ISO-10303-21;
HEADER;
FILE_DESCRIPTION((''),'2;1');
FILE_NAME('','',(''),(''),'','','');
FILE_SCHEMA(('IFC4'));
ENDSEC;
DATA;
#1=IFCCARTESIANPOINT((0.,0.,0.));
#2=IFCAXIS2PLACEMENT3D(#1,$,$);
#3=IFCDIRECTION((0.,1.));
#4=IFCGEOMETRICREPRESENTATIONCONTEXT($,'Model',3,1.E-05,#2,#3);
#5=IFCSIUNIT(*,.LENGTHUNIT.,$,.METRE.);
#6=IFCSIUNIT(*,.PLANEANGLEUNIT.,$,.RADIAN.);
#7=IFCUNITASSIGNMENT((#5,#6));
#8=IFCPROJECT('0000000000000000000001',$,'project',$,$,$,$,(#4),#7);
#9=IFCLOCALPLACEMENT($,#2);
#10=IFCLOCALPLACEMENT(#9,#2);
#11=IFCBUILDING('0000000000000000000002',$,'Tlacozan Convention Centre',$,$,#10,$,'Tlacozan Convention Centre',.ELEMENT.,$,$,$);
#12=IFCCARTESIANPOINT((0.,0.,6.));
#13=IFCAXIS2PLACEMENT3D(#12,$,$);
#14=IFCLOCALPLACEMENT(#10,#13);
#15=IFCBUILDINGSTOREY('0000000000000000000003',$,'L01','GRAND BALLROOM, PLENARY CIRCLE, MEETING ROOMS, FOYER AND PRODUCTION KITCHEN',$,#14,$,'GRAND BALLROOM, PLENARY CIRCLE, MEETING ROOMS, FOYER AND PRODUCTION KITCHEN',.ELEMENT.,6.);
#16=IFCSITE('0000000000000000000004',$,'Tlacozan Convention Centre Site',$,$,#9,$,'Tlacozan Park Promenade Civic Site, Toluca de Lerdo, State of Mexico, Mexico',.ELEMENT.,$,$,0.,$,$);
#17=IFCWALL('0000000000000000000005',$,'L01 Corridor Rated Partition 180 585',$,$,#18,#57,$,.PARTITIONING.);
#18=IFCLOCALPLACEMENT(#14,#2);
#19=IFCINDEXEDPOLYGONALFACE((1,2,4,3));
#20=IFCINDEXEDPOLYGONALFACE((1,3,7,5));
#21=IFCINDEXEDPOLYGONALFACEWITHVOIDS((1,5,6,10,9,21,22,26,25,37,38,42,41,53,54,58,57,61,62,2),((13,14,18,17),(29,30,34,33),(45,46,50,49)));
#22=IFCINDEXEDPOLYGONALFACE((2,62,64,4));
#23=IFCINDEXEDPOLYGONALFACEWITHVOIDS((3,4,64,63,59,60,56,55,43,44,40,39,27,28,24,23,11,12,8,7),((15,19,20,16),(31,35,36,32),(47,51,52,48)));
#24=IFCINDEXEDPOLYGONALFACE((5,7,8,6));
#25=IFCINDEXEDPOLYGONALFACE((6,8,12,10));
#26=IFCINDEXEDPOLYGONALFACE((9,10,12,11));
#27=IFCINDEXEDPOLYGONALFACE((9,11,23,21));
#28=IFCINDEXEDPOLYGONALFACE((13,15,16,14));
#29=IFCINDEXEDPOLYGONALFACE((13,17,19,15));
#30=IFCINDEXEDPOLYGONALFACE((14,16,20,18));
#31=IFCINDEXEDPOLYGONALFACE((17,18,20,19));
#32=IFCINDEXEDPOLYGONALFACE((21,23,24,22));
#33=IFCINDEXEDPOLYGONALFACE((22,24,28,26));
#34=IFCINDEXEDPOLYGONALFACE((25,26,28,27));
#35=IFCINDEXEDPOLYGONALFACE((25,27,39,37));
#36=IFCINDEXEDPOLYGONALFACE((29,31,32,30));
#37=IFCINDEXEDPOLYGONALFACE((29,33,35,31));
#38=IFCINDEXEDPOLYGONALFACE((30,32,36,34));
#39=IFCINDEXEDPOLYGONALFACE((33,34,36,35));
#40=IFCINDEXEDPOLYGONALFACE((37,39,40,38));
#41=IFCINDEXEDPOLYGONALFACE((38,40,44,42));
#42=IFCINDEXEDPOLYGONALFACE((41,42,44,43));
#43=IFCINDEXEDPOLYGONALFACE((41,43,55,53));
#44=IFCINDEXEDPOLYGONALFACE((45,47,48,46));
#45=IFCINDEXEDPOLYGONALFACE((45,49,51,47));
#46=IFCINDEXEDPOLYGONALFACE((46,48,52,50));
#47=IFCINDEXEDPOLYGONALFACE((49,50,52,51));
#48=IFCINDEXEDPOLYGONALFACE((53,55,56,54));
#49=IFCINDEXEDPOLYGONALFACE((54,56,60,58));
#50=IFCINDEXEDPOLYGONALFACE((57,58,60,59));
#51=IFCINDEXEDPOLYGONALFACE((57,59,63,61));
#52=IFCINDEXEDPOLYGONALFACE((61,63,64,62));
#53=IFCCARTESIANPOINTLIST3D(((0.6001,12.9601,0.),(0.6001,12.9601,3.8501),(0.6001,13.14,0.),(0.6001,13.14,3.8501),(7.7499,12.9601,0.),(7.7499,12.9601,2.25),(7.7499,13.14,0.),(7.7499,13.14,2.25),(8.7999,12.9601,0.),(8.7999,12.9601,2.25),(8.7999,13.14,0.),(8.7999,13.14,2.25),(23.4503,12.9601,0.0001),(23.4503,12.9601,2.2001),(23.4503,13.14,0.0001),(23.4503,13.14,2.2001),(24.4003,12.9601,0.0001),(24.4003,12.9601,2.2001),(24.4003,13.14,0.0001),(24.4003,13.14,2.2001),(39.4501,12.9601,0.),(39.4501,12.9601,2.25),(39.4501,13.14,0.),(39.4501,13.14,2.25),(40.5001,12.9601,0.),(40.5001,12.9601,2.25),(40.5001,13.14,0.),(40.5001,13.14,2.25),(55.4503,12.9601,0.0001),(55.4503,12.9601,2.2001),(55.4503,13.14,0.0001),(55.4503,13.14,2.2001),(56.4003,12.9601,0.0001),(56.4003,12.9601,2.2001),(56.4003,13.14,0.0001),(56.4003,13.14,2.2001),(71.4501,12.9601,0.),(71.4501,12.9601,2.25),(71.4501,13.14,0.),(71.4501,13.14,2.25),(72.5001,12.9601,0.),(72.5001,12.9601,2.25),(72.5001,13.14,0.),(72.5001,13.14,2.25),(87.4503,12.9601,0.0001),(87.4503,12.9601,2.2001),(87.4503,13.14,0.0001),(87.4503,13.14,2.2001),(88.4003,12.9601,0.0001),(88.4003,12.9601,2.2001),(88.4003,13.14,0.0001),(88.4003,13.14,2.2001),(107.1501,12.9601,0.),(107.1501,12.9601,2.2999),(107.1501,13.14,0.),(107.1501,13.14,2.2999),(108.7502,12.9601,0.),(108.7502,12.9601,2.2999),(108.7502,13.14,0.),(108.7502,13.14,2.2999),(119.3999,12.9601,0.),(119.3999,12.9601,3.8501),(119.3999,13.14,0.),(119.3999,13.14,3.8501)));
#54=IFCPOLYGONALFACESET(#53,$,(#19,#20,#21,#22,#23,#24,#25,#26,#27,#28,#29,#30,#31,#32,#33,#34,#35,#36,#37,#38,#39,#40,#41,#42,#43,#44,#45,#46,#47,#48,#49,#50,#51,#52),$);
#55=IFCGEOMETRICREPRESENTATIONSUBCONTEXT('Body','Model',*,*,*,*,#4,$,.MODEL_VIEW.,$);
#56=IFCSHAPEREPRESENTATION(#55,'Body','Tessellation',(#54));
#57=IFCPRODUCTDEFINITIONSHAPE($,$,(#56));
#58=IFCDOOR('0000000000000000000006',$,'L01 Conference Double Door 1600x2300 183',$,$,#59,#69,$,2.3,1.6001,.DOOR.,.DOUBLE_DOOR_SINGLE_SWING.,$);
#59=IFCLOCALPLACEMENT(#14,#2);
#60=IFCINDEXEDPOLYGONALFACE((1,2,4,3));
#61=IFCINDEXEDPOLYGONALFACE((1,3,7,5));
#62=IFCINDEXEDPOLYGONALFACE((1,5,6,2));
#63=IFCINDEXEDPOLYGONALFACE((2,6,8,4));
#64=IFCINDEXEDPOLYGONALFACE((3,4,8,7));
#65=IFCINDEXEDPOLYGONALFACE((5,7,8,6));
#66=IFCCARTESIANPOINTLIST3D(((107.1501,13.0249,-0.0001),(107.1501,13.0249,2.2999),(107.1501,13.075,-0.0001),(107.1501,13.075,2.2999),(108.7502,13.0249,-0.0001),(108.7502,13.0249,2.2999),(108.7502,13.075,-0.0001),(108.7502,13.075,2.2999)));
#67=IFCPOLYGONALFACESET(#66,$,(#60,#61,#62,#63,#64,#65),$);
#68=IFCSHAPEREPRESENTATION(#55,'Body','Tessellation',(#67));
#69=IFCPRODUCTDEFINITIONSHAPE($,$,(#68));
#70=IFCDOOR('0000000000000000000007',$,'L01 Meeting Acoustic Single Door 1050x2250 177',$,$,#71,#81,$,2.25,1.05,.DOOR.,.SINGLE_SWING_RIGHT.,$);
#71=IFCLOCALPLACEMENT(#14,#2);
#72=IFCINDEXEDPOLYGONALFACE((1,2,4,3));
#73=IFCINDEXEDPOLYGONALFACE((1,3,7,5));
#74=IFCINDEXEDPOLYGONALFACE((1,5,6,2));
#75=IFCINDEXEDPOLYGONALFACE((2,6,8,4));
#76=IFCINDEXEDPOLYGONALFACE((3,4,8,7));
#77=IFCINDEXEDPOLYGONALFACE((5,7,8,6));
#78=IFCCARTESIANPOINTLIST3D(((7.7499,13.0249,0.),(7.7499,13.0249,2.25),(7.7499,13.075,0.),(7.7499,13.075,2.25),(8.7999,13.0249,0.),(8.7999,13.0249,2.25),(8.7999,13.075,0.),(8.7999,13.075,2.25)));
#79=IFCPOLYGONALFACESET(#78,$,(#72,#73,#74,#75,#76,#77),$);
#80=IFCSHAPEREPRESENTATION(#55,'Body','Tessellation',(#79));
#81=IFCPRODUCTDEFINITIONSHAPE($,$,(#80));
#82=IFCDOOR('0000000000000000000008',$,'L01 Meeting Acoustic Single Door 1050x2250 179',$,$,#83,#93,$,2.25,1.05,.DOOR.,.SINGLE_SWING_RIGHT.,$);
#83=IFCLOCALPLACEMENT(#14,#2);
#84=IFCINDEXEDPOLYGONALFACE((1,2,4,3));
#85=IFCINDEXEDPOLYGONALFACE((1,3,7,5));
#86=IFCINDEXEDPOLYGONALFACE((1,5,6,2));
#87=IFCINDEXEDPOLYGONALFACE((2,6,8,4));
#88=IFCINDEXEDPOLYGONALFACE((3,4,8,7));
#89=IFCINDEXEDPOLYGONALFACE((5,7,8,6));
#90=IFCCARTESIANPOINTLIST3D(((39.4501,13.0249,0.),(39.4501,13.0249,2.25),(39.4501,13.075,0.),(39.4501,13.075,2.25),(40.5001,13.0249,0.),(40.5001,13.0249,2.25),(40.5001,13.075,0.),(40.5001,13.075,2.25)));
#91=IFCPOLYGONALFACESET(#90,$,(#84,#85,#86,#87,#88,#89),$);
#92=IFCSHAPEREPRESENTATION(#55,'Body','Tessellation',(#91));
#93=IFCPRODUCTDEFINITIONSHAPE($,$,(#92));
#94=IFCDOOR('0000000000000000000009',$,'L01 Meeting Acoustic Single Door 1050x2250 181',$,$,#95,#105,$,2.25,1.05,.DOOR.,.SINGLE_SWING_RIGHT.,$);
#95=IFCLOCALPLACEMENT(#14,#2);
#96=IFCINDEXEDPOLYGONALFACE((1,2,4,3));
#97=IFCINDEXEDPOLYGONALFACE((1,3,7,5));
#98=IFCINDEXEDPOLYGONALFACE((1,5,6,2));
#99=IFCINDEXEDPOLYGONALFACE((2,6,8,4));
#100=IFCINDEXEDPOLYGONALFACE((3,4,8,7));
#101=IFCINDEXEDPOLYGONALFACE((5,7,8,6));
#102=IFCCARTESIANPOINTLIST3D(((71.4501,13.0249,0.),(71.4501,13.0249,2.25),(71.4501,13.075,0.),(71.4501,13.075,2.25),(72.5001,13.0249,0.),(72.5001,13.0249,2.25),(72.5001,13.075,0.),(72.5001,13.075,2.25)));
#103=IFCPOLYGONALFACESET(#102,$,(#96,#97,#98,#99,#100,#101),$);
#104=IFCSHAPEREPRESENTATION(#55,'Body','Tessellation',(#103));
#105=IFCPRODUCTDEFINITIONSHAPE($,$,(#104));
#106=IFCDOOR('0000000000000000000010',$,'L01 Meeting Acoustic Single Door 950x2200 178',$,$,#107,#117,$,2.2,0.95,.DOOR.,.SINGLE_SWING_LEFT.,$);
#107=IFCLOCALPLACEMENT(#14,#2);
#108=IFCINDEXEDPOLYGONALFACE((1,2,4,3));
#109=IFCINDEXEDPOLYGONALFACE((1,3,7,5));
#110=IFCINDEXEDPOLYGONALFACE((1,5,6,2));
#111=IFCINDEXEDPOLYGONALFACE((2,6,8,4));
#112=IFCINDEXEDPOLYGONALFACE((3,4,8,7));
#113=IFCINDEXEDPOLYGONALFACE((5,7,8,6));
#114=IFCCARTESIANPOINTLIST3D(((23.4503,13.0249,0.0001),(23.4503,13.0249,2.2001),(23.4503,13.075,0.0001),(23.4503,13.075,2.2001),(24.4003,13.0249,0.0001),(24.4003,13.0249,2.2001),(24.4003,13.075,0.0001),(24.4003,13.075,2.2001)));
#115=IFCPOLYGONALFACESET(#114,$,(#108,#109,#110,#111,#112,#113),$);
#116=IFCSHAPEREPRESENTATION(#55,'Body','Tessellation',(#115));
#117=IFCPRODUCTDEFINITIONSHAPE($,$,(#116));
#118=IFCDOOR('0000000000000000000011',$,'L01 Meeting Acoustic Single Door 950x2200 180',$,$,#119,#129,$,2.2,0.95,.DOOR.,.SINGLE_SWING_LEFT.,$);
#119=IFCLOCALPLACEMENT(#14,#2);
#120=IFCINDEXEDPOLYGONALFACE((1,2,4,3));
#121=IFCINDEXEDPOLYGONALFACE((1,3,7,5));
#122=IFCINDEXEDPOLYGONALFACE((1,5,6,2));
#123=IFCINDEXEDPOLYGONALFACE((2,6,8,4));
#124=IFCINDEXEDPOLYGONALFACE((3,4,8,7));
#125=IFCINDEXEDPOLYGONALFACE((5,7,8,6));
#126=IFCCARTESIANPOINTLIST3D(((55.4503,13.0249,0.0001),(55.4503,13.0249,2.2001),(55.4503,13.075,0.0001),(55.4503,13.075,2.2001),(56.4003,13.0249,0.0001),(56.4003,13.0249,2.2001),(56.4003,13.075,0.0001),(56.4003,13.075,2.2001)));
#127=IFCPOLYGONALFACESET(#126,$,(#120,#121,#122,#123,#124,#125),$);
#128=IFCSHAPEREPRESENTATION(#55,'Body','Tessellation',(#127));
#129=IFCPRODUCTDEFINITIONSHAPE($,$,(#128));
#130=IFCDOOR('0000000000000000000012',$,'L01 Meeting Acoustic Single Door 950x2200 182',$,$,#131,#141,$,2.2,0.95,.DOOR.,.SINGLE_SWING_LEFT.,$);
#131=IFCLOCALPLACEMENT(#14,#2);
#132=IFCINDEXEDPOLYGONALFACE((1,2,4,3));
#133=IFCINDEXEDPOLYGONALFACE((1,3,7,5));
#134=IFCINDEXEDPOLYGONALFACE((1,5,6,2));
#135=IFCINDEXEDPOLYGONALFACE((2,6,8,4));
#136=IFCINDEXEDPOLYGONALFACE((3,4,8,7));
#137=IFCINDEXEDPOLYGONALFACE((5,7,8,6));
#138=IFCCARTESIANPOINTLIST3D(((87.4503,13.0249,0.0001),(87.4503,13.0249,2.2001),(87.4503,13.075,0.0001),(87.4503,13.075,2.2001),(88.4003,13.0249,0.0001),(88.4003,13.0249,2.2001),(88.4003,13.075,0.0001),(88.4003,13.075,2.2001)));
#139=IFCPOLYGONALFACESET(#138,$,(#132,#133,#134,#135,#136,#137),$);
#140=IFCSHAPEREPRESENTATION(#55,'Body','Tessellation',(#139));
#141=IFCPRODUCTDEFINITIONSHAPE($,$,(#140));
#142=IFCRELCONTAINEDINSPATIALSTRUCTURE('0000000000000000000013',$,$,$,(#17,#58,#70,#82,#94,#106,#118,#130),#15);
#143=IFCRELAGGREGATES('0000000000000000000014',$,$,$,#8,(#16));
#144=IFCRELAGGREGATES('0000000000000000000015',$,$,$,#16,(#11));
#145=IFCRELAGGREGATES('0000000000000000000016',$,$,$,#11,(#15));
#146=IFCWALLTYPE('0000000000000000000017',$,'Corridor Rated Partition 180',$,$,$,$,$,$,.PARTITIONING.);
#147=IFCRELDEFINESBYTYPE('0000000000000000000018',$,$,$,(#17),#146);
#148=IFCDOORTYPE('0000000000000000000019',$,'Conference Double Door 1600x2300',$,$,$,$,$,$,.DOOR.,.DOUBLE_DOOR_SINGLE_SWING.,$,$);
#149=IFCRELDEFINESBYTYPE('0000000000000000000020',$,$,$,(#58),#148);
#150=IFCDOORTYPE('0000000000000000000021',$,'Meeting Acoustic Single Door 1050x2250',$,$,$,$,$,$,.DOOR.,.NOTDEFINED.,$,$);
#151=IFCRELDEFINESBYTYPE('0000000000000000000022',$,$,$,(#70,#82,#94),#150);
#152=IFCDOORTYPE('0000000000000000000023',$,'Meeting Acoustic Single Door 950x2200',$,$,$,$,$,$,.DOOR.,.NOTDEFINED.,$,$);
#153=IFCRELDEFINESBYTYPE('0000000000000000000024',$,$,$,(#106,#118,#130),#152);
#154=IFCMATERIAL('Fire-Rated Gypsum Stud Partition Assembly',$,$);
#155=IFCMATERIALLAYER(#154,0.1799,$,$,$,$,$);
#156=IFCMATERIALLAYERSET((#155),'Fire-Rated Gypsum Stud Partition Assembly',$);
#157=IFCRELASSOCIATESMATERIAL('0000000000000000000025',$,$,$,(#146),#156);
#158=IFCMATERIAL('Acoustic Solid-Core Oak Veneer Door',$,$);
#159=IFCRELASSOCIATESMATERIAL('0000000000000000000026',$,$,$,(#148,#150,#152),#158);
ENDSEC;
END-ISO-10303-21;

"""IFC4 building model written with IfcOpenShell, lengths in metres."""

from ifc_helpers import new_model, si_unit, direction, frame, frame_2d, origin, place, context, subcontext, project, spatial, rectangle, extrude, material, layer, layer_set, type_object, element, fill, save


model = new_model("IFC4")

# Units and contexts
model_context = context("Model", 3, precision=1e-05, world=origin(), true_north=direction((0.0, 1.0)))
body_context = subcontext(model_context, "Body", "Model", "MODEL_VIEW")
ifc_project = project(units=[si_unit("LENGTHUNIT", "METRE"), si_unit("PLANEANGLEUNIT", "RADIAN")], contexts=[model_context])

# Site, building, storey
site_placement = place(None, origin())
site = spatial("IfcSite", under=ifc_project, at=site_placement, Name="Tlacozan Convention Centre Site", LongName="Tlacozan Park Promenade Civic Site, Toluca de Lerdo, State of Mexico, Mexico", CompositionType="ELEMENT", RefElevation=0.0)
building_placement = place(site_placement, origin())
building = spatial("IfcBuilding", under=site, at=building_placement, Name="Tlacozan Convention Centre", LongName="Tlacozan Convention Centre", CompositionType="ELEMENT")
storey_placement = place(building_placement, frame((0.0, 0.0, 6.0)))
storey = spatial("IfcBuildingStorey", under=building, at=storey_placement, Name="L01", Description="GRAND BALLROOM, PLENARY CIRCLE, MEETING ROOMS, FOYER AND PRODUCTION KITCHEN", LongName="GRAND BALLROOM, PLENARY CIRCLE, MEETING ROOMS, FOYER AND PRODUCTION KITCHEN", CompositionType="ELEMENT", Elevation=6.0)

# Wall, openings, doors
ifc_material_1 = material(Name="Fire-Rated Gypsum Stud Partition Assembly")
ifc_layer_1 = layer(ifc_material_1, 0.1799)
ifc_layer_set_1 = layer_set([ifc_layer_1], Name="Fire-Rated Gypsum Stud Partition Assembly")
wall_type_1 = type_object("IfcWallType", Name="Corridor Rated Partition 180", PredefinedType="PARTITIONING", material=ifc_layer_set_1)
wall_1_placement = place(storey_placement, frame((0.6001, 13.05, 0.0), z_axis=(0.0, 0.0, 1.0), x_axis=(1.0, 0.0, 0.0)))
wall_1 = element("IfcWall", 1, at=wall_1_placement, inside=storey, type_object=wall_type_1, Name="L01 Corridor Rated Partition 180 585", PredefinedType="PARTITIONING", context=body_context, shape_type="SweptSolid", body=[
    extrude(rectangle(XDim=118.7998, YDim=0.1799, at=frame_2d((59.3999, 0.0))), origin(), (0.0, 0.0, 1.0), 3.8501),
])
opening_1_placement = place(wall_1_placement, frame((7.1499, 0.0, 0.0)))
opening_1 = element("IfcOpeningElement", 2, at=opening_1_placement, cuts=wall_1, PredefinedType="OPENING", context=body_context, shape_type="SweptSolid", body=[
    extrude(rectangle(XDim=1.05, YDim=2.25, at=frame_2d((0.5249, 1.125))), frame((0.0, 0.0999, 0.0), z_axis=(0.0, -1.0, 0.0), x_axis=(1.0, 0.0, 0.0)), (0.0, 0.0, 1.0), 0.2),
])
opening_2_placement = place(wall_1_placement, frame((22.8501, 0.0, 0.0)))
opening_2 = element("IfcOpeningElement", 3, at=opening_2_placement, cuts=wall_1, PredefinedType="OPENING", context=body_context, shape_type="SweptSolid", body=[
    extrude(rectangle(XDim=0.95, YDim=2.2, at=frame_2d((0.4751, 1.1001))), frame((0.0, 0.0999, 0.0), z_axis=(0.0, -1.0, 0.0), x_axis=(1.0, 0.0, 0.0)), (0.0, 0.0, 1.0), 0.2),
])
opening_3_placement = place(wall_1_placement, frame((38.8501, 0.0, 0.0)))
opening_3 = element("IfcOpeningElement", 4, at=opening_3_placement, cuts=wall_1, PredefinedType="OPENING", context=body_context, shape_type="SweptSolid", body=[
    extrude(rectangle(XDim=1.05, YDim=2.25, at=frame_2d((0.5249, 1.125))), frame((0.0, 0.0999, 0.0), z_axis=(0.0, -1.0, 0.0), x_axis=(1.0, 0.0, 0.0)), (0.0, 0.0, 1.0), 0.2),
])
opening_4_placement = place(wall_1_placement, frame((54.8501, 0.0, 0.0)))
opening_4 = element("IfcOpeningElement", 5, at=opening_4_placement, cuts=wall_1, PredefinedType="OPENING", context=body_context, shape_type="SweptSolid", body=[
    extrude(rectangle(XDim=0.95, YDim=2.2, at=frame_2d((0.4751, 1.1001))), frame((0.0, 0.0999, 0.0), z_axis=(0.0, -1.0, 0.0), x_axis=(1.0, 0.0, 0.0)), (0.0, 0.0, 1.0), 0.2),
])
opening_5_placement = place(wall_1_placement, frame((70.8501, 0.0, 0.0)))
opening_5 = element("IfcOpeningElement", 6, at=opening_5_placement, cuts=wall_1, PredefinedType="OPENING", context=body_context, shape_type="SweptSolid", body=[
    extrude(rectangle(XDim=1.05, YDim=2.25, at=frame_2d((0.5249, 1.125))), frame((0.0, 0.0999, 0.0), z_axis=(0.0, -1.0, 0.0), x_axis=(1.0, 0.0, 0.0)), (0.0, 0.0, 1.0), 0.2),
])
opening_6_placement = place(wall_1_placement, frame((86.8501, 0.0, 0.0)))
opening_6 = element("IfcOpeningElement", 7, at=opening_6_placement, cuts=wall_1, PredefinedType="OPENING", context=body_context, shape_type="SweptSolid", body=[
    extrude(rectangle(XDim=0.95, YDim=2.2, at=frame_2d((0.4751, 1.1001))), frame((0.0, 0.0999, 0.0), z_axis=(0.0, -1.0, 0.0), x_axis=(1.0, 0.0, 0.0)), (0.0, 0.0, 1.0), 0.2),
])
opening_7_placement = place(wall_1_placement, frame((106.55, 0.0, 0.0)))
opening_7 = element("IfcOpeningElement", 8, at=opening_7_placement, cuts=wall_1, PredefinedType="OPENING", context=body_context, shape_type="SweptSolid", body=[
    extrude(rectangle(XDim=1.6001, YDim=2.3, at=frame_2d((0.8, 1.1499))), frame((0.0, 0.0999, 0.0), z_axis=(0.0, -1.0, 0.0), x_axis=(1.0, 0.0, 0.0)), (0.0, 0.0, 1.0), 0.2),
])
ifc_material_2 = material(Name="Acoustic Solid-Core Oak Veneer Door")
door_type_1 = type_object("IfcDoorType", Name="Conference Double Door 1600x2300", OperationType="DOUBLE_DOOR_SINGLE_SWING", PredefinedType="DOOR", material=ifc_material_2)
door_1_placement = place(opening_7_placement, origin())
door_1 = element("IfcDoor", 9, at=door_1_placement, inside=storey, type_object=door_type_1, Name="L01 Conference Double Door 1600x2300 183", OperationType="DOUBLE_DOOR_SINGLE_SWING", OverallHeight=2.3, OverallWidth=1.6001, PredefinedType="DOOR", context=body_context, shape_type="SweptSolid", body=[
    extrude(rectangle(XDim=1.6001, YDim=2.3, at=frame_2d((0.8, 1.1499))), frame((0.0, 0.0249, 0.0), z_axis=(0.0, -1.0, 0.0), x_axis=(1.0, 0.0, 0.0)), (0.0, 0.0, 1.0), 0.05),
])
fill(opening_7, door_1)
door_type_2 = type_object("IfcDoorType", Name="Meeting Acoustic Single Door 1050x2250", OperationType="NOTDEFINED", PredefinedType="DOOR", material=ifc_material_2)
door_2_placement = place(opening_1_placement, origin())
door_2 = element("IfcDoor", 10, at=door_2_placement, inside=storey, type_object=door_type_2, Name="L01 Meeting Acoustic Single Door 1050x2250 177", OperationType="SINGLE_SWING_RIGHT", OverallHeight=2.25, OverallWidth=1.05, PredefinedType="DOOR", context=body_context, shape_type="SweptSolid", body=[
    extrude(rectangle(XDim=1.05, YDim=2.25, at=frame_2d((0.5249, 1.125))), frame((0.0, 0.0249, 0.0), z_axis=(0.0, -1.0, 0.0), x_axis=(1.0, 0.0, 0.0)), (0.0, 0.0, 1.0), 0.05),
])
fill(opening_1, door_2)
door_3_placement = place(opening_3_placement, origin())
door_3 = element("IfcDoor", 11, at=door_3_placement, inside=storey, type_object=door_type_2, Name="L01 Meeting Acoustic Single Door 1050x2250 179", OperationType="SINGLE_SWING_RIGHT", OverallHeight=2.25, OverallWidth=1.05, PredefinedType="DOOR", context=body_context, shape_type="SweptSolid", body=[
    extrude(rectangle(XDim=1.05, YDim=2.25, at=frame_2d((0.5249, 1.125))), frame((0.0, 0.0249, 0.0), z_axis=(0.0, -1.0, 0.0), x_axis=(1.0, 0.0, 0.0)), (0.0, 0.0, 1.0), 0.05),
])
fill(opening_3, door_3)
door_4_placement = place(opening_5_placement, origin())
door_4 = element("IfcDoor", 12, at=door_4_placement, inside=storey, type_object=door_type_2, Name="L01 Meeting Acoustic Single Door 1050x2250 181", OperationType="SINGLE_SWING_RIGHT", OverallHeight=2.25, OverallWidth=1.05, PredefinedType="DOOR", context=body_context, shape_type="SweptSolid", body=[
    extrude(rectangle(XDim=1.05, YDim=2.25, at=frame_2d((0.5249, 1.125))), frame((0.0, 0.0249, 0.0), z_axis=(0.0, -1.0, 0.0), x_axis=(1.0, 0.0, 0.0)), (0.0, 0.0, 1.0), 0.05),
])
fill(opening_5, door_4)
door_type_3 = type_object("IfcDoorType", Name="Meeting Acoustic Single Door 950x2200", OperationType="NOTDEFINED", PredefinedType="DOOR", material=ifc_material_2)
door_5_placement = place(opening_2_placement, origin())
door_5 = element("IfcDoor", 13, at=door_5_placement, inside=storey, type_object=door_type_3, Name="L01 Meeting Acoustic Single Door 950x2200 178", OperationType="SINGLE_SWING_LEFT", OverallHeight=2.2, OverallWidth=0.95, PredefinedType="DOOR", context=body_context, shape_type="SweptSolid", body=[
    extrude(rectangle(XDim=0.95, YDim=2.2, at=frame_2d((0.4751, 1.1001))), frame((0.0, 0.0249, 0.0), z_axis=(0.0, -1.0, 0.0), x_axis=(1.0, 0.0, 0.0)), (0.0, 0.0, 1.0), 0.05),
])
fill(opening_2, door_5)
door_6_placement = place(opening_4_placement, origin())
door_6 = element("IfcDoor", 14, at=door_6_placement, inside=storey, type_object=door_type_3, Name="L01 Meeting Acoustic Single Door 950x2200 180", OperationType="SINGLE_SWING_LEFT", OverallHeight=2.2, OverallWidth=0.95, PredefinedType="DOOR", context=body_context, shape_type="SweptSolid", body=[
    extrude(rectangle(XDim=0.95, YDim=2.2, at=frame_2d((0.4751, 1.1001))), frame((0.0, 0.0249, 0.0), z_axis=(0.0, -1.0, 0.0), x_axis=(1.0, 0.0, 0.0)), (0.0, 0.0, 1.0), 0.05),
])
fill(opening_4, door_6)
door_7_placement = place(opening_6_placement, origin())
door_7 = element("IfcDoor", 15, at=door_7_placement, inside=storey, type_object=door_type_3, Name="L01 Meeting Acoustic Single Door 950x2200 182", OperationType="SINGLE_SWING_LEFT", OverallHeight=2.2, OverallWidth=0.95, PredefinedType="DOOR", context=body_context, shape_type="SweptSolid", body=[
    extrude(rectangle(XDim=0.95, YDim=2.2, at=frame_2d((0.4751, 1.1001))), frame((0.0, 0.0249, 0.0), z_axis=(0.0, -1.0, 0.0), x_axis=(1.0, 0.0, 0.0)), (0.0, 0.0, 1.0), 0.05),
])
fill(opening_6, door_7)

save(model, "model.ifc")
